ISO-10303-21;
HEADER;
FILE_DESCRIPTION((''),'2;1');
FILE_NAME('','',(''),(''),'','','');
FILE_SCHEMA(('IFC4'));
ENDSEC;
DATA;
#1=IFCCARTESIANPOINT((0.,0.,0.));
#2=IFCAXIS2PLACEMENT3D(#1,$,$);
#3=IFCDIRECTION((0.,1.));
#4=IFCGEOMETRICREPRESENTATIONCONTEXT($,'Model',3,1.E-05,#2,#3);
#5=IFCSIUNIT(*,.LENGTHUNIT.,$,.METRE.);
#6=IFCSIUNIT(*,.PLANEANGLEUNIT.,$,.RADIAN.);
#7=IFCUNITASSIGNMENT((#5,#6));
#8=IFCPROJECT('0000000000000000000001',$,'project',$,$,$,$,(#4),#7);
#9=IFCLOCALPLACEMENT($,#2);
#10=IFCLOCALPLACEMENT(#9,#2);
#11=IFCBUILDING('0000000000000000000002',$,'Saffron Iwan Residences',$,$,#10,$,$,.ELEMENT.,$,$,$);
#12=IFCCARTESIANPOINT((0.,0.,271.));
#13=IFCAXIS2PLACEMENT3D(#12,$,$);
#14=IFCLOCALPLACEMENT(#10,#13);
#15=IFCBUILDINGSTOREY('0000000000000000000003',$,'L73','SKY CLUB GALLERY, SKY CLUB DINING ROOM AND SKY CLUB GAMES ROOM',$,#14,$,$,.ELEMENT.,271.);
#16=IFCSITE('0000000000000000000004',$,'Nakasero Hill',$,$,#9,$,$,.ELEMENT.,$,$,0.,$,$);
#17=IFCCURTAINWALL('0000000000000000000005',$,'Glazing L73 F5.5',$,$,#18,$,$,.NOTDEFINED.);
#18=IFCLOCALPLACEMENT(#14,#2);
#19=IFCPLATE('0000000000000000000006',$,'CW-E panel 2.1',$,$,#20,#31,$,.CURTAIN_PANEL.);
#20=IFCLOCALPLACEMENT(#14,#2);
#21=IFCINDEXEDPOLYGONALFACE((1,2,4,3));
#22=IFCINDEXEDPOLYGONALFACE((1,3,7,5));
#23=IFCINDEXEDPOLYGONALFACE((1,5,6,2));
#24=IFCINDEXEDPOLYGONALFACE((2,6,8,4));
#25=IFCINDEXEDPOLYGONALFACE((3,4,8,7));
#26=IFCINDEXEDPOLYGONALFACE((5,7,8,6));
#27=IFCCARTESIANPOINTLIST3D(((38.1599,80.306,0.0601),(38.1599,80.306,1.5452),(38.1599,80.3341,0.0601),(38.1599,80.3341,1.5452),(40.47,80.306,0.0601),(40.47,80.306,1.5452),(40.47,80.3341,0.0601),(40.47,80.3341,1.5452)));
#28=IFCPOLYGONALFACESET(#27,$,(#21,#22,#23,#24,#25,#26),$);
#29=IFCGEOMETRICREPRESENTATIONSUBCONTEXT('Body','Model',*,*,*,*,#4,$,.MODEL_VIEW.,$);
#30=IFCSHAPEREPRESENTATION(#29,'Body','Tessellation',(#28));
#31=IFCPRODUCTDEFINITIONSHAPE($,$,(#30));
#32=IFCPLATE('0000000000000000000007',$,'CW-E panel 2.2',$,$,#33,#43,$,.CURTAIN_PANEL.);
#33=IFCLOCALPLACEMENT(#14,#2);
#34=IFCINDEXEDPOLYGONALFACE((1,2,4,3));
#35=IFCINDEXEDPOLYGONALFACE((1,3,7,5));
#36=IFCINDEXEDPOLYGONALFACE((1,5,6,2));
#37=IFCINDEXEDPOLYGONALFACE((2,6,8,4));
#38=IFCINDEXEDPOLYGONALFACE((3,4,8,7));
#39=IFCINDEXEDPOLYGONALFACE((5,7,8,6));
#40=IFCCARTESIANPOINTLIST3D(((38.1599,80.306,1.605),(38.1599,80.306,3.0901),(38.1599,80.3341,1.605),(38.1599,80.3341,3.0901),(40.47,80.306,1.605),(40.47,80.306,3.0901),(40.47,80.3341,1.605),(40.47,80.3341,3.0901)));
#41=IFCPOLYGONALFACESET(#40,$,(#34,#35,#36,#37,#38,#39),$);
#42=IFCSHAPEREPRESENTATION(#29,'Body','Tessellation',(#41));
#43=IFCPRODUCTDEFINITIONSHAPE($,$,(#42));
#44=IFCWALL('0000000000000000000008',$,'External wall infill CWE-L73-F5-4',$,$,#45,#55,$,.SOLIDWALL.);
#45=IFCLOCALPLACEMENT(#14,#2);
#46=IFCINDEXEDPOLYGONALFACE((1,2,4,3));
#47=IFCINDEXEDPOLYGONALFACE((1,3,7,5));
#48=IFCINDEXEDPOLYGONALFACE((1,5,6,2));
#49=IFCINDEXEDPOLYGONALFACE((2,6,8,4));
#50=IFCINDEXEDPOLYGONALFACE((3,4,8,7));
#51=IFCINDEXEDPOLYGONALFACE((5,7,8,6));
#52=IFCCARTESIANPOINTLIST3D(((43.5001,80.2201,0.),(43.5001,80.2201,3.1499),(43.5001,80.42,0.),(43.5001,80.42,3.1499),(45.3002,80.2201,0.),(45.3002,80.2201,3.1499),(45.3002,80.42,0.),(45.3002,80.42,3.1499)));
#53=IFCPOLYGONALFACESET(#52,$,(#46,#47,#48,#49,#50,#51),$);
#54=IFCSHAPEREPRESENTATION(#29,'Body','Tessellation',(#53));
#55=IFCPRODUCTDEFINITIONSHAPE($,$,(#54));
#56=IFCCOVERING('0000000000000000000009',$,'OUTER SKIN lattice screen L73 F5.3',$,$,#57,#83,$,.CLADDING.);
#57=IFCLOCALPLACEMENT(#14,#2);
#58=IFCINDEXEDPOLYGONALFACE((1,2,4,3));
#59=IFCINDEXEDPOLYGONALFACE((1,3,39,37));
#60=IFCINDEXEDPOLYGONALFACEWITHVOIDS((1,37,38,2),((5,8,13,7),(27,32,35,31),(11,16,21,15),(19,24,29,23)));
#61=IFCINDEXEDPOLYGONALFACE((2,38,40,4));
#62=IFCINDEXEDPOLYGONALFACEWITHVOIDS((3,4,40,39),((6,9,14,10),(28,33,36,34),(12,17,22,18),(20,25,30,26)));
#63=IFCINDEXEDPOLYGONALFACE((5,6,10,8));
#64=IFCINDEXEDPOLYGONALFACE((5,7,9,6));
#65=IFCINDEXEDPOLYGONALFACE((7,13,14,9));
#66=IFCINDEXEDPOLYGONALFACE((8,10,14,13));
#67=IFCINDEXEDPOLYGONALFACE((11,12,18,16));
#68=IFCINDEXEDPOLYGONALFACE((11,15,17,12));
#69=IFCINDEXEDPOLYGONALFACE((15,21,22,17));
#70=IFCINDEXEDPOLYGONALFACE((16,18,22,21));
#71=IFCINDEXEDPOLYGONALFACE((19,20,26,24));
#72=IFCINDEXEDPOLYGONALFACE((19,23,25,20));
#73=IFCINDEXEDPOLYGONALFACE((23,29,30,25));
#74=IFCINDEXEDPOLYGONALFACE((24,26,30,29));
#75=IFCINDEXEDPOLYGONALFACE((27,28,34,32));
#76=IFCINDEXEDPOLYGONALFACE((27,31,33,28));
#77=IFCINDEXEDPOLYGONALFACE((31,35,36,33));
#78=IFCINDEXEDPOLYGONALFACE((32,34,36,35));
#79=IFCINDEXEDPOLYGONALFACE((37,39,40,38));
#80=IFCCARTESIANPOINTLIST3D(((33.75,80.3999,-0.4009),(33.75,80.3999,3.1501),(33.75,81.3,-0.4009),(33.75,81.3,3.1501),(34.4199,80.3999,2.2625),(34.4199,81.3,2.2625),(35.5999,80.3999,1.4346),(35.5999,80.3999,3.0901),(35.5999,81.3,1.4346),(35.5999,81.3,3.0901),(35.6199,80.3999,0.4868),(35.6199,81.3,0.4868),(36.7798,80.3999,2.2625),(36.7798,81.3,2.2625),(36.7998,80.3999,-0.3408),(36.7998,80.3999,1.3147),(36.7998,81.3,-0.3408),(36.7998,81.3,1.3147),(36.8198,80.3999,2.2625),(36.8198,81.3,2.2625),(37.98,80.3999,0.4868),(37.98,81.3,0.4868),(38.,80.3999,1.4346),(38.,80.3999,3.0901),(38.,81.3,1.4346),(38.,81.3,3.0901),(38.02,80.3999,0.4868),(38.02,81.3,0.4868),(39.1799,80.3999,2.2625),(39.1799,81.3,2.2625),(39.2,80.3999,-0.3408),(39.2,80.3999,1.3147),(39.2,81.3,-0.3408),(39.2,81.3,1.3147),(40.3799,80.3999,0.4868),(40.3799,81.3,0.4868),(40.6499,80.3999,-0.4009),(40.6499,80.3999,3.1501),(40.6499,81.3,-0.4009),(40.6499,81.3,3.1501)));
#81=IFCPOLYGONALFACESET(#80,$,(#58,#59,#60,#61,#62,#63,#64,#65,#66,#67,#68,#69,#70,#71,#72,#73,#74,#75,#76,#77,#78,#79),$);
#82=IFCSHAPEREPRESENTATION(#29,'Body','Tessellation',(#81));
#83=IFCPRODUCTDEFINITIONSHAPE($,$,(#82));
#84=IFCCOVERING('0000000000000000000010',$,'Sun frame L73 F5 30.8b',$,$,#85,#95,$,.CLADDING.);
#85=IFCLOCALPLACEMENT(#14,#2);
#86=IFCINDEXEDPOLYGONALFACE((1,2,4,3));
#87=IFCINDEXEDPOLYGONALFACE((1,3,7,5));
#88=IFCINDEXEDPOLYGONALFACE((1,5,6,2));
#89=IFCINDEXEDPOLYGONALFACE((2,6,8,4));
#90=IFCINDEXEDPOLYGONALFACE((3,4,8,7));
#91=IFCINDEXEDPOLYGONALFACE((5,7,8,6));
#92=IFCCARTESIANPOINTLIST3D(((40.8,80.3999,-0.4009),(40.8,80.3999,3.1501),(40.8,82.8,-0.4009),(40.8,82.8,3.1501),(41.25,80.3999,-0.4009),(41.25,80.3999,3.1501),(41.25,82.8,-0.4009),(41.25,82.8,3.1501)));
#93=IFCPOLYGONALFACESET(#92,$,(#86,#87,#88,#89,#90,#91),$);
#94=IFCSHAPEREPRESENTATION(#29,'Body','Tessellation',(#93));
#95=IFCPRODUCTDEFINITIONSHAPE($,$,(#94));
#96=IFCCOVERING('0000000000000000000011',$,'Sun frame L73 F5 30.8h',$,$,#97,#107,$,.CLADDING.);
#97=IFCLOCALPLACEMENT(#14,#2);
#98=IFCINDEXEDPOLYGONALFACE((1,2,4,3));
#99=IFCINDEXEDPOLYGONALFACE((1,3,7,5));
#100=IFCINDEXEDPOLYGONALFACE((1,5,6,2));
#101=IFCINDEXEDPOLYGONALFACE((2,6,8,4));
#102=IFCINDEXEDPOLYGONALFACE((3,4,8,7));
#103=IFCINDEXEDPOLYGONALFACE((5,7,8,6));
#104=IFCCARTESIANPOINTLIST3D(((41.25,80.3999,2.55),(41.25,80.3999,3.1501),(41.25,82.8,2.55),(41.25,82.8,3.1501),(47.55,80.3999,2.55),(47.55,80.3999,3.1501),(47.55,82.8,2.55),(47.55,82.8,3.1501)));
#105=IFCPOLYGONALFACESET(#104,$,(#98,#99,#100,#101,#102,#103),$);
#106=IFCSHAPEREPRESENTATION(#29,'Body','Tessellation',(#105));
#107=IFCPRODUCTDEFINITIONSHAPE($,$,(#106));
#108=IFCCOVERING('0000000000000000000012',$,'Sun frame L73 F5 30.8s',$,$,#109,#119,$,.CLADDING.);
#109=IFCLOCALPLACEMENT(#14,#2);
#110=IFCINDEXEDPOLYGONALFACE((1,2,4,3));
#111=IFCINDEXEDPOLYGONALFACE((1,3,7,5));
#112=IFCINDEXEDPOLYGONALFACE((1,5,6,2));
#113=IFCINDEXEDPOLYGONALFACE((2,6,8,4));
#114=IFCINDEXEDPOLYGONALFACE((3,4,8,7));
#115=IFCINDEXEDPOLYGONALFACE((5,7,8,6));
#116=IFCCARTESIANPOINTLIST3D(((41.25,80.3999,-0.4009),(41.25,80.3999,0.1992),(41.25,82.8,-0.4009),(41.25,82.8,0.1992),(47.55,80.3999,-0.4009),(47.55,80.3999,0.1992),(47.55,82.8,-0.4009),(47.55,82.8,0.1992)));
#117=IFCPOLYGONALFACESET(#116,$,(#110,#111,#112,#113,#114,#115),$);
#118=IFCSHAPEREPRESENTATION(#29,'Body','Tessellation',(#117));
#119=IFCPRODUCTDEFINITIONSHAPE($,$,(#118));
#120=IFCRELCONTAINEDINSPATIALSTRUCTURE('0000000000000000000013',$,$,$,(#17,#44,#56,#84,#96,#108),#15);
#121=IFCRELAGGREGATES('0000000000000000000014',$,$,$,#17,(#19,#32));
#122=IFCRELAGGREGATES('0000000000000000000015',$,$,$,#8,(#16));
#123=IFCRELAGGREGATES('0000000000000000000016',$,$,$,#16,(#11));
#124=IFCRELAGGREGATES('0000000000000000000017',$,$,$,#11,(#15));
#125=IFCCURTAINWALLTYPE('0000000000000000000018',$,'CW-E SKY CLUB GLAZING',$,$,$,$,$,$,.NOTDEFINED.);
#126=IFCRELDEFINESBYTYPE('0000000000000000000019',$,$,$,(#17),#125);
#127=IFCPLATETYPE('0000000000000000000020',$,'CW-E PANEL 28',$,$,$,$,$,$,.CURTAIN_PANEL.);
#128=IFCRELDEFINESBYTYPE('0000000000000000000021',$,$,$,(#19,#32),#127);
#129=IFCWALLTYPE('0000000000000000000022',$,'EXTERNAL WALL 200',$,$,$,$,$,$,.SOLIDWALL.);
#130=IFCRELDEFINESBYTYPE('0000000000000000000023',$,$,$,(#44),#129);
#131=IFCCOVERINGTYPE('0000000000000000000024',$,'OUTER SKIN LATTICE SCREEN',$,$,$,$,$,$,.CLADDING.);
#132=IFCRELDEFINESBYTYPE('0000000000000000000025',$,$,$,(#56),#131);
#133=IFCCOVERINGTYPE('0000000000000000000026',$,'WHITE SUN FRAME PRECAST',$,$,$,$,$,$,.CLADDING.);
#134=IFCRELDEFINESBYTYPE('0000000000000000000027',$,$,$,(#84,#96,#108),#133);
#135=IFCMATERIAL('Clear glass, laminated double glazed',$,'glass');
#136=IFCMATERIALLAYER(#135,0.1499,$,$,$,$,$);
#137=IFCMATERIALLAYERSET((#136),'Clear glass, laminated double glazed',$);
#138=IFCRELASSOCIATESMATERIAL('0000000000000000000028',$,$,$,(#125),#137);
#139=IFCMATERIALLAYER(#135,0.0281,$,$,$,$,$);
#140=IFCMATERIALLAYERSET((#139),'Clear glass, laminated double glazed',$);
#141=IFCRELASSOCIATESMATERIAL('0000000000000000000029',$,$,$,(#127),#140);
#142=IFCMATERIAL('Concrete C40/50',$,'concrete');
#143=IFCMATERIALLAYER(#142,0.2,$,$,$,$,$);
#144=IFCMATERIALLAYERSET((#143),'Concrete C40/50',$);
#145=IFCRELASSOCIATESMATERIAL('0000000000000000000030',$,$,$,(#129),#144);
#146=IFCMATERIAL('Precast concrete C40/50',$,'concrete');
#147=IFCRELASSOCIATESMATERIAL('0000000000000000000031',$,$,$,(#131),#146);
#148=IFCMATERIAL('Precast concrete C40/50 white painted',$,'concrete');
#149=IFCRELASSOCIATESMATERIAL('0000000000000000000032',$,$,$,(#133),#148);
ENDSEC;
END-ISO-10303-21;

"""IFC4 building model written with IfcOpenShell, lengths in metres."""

from ifc_helpers import new_model, si_unit, direction, frame, frame_2d, origin, origin_2d, place, context, subcontext, project, spatial, polyline, rectangle, outline, extrude, source, transform, mapped, material, layer, layer_set, type_object, element, aggregate, save


model = new_model("IFC4")

# Units and contexts
model_context = context("Model", 3, precision=1e-05, world=origin(), true_north=direction((0.0, 1.0)))
body_context = subcontext(model_context, "Body", "Model", "MODEL_VIEW")
ifc_project = project(units=[si_unit("LENGTHUNIT", "METRE"), si_unit("PLANEANGLEUNIT", "RADIAN")], contexts=[model_context])

# Site, building, storey
site_placement = place(None, origin())
site = spatial("IfcSite", under=ifc_project, at=site_placement, Name="Nakasero Hill", CompositionType="ELEMENT", RefElevation=0.0)
building_placement = place(site_placement, origin())
building = spatial("IfcBuilding", under=site, at=building_placement, Name="Saffron Iwan Residences", CompositionType="ELEMENT")
storey_placement = place(building_placement, frame((0.0, 0.0, 271.0)))
storey = spatial("IfcBuildingStorey", under=building, at=storey_placement, Name="L73", Description="SKY CLUB GALLERY, SKY CLUB DINING ROOM AND SKY CLUB GAMES ROOM", CompositionType="ELEMENT", Elevation=271.0)

# Shared definitions
ifc_material_1 = material(Name="Clear glass, laminated double glazed", Category="glass")
ifc_layer_1 = layer(ifc_material_1, 0.1499)
ifc_layer_set_1 = layer_set([ifc_layer_1], Name="Clear glass, laminated double glazed")
curtain_wall_type = type_object("IfcCurtainWallType", Name="CW-E SKY CLUB GLAZING", PredefinedType="NOTDEFINED", material=ifc_layer_set_1)

# Curtain wall
curtain_wall_1_placement = place(storey_placement, origin())
curtain_wall_1 = element("IfcCurtainWall", 1, at=curtain_wall_1_placement, inside=storey, type_object=curtain_wall_type, Name="Glazing L73 F5.5", PredefinedType="NOTDEFINED")

# Plates
ifc_layer_2 = layer(ifc_material_1, 0.0281)
ifc_layer_set_2 = layer_set([ifc_layer_2], Name="Clear glass, laminated double glazed")
plate_type = type_object("IfcPlateType", Name="CW-E PANEL 28", PredefinedType="CURTAIN_PANEL", material=ifc_layer_set_2)
shared_shape_1 = source(origin(), body_context, "Body", "SweptSolid", [
    extrude(rectangle(XDim=2.3101, YDim=0.0281, at=origin_2d()), origin(), (0.0, 0.0, 1.0), 1.4851),
])
plate_1_placement = place(storey_placement, frame((39.3149, 80.3201, 0.0601), z_axis=(0.0, 0.0, 1.0), x_axis=(-1.0, 0.0, 0.0)))
plate_1 = element("IfcPlate", 2, at=plate_1_placement, type_object=plate_type, Name="CW-E panel 2.1", PredefinedType="CURTAIN_PANEL", context=body_context, shape_type="MappedRepresentation", body=[
    mapped(shared_shape_1, transform((0.0, 0.0, 0.0))),
])
plate_2_placement = place(storey_placement, frame((39.3149, 80.3201, 1.605), z_axis=(0.0, 0.0, 1.0), x_axis=(-1.0, 0.0, 0.0)))
plate_2 = element("IfcPlate", 3, at=plate_2_placement, type_object=plate_type, Name="CW-E panel 2.2", PredefinedType="CURTAIN_PANEL", context=body_context, shape_type="MappedRepresentation", body=[
    mapped(shared_shape_1, transform((0.0, 0.0, 0.0))),
])
aggregate(curtain_wall_1, [plate_1, plate_2])

# Wall
ifc_material_2 = material(Name="Concrete C40/50", Category="concrete")
ifc_layer_3 = layer(ifc_material_2, 0.2)
ifc_layer_set_3 = layer_set([ifc_layer_3], Name="Concrete C40/50")
wall_type = type_object("IfcWallType", Name="EXTERNAL WALL 200", PredefinedType="SOLIDWALL", material=ifc_layer_set_3)
wall_placement = place(storey_placement, frame((45.3, 80.3201, 0.0), z_axis=(0.0, 0.0, 1.0), x_axis=(-1.0, 0.0, 0.0)))
element("IfcWall", 4, at=wall_placement, inside=storey, type_object=wall_type, Name="External wall infill CWE-L73-F5-4", PredefinedType="SOLIDWALL", context=body_context, shape_type="SweptSolid", body=[
    extrude(rectangle(XDim=1.8, YDim=0.2, at=frame_2d((0.8999, 0.0))), origin(), (0.0, 0.0, 1.0), 3.1499),
])

# Coverings
ifc_material_3 = material(Name="Precast concrete C40/50", Category="concrete")
covering_type_1 = type_object("IfcCoveringType", Name="OUTER SKIN LATTICE SCREEN", PredefinedType="CLADDING", material=ifc_material_3)
covering_1_placement = place(storey_placement, frame((40.6499, 80.3999, -0.4009), z_axis=(0.0, 1.0, 0.0), x_axis=(-1.0, 0.0, 0.0)))
element("IfcCovering", 5, at=covering_1_placement, inside=storey, type_object=covering_type_1, Name="OUTER SKIN lattice screen L73 F5.3", PredefinedType="CLADDING", context=body_context, shape_type="SweptSolid", body=[
    extrude(outline(polyline([(0.0, 0.0), (6.8999, 0.0), (6.8999, 3.551), (0.0, 3.551), (0.0, 0.0)]), holes=[polyline([(0.27, 0.8877), (1.45, 0.0601), (2.6299, 0.8877), (1.45, 1.7156), (0.27, 0.8877)]), polyline([(2.6699, 0.8877), (3.8501, 0.0601), (5.03, 0.8877), (3.8501, 1.7156), (2.6699, 0.8877)]), polyline([(1.47, 2.6633), (2.6499, 1.8354), (3.8301, 2.6633), (2.6499, 3.491), (1.47, 2.6633)]), polyline([(3.8701, 2.6633), (5.05, 1.8354), (6.23, 2.6633), (5.05, 3.491), (3.8701, 2.6633)])]), origin(), (0.0, 0.0, 1.0), 0.9001),
])
ifc_material_4 = material(Name="Precast concrete C40/50 white painted", Category="concrete")
covering_type_2 = type_object("IfcCoveringType", Name="WHITE SUN FRAME PRECAST", PredefinedType="CLADDING", material=ifc_material_4)
covering_2_placement = place(storey_placement, frame((41.25, 80.3999, -0.4009), z_axis=(0.0, 1.0, 0.0), x_axis=(-1.0, 0.0, 0.0)))
element("IfcCovering", 6, at=covering_2_placement, inside=storey, type_object=covering_type_2, Name="Sun frame L73 F5 30.8b", PredefinedType="CLADDING", context=body_context, shape_type="SweptSolid", body=[
    extrude(outline(polyline([(0.0, 0.0), (0.45, 0.0), (0.45, 3.551), (0.0, 3.551), (0.0, 0.0)])), origin(), (0.0, 0.0, 1.0), 2.4001),
])
for number, where, z_axis, x_axis, name in (
    (7, (47.55, 80.3999, 2.55), (0.0, 1.0, 0.0), (-1.0, 0.0, 0.0), "Sun frame L73 F5 30.8h"),
    (8, (47.55, 80.3999, -0.4009), (0.0, 1.0, 0.0), (-1.0, 0.0, 0.0), "Sun frame L73 F5 30.8s"),
):
    element("IfcCovering", number, at=place(storey_placement, frame(where, z_axis=z_axis, x_axis=x_axis)), inside=storey, type_object=covering_type_2, Name=name, PredefinedType="CLADDING", context=body_context, shape_type="SweptSolid", body=[
        extrude(outline(polyline([(0.0, 0.0), (6.3, 0.0), (6.3, 0.6001), (0.0, 0.6001), (0.0, 0.0)])), origin(), (0.0, 0.0, 1.0), 2.4001),
    ])

save(model, "model.ifc")
